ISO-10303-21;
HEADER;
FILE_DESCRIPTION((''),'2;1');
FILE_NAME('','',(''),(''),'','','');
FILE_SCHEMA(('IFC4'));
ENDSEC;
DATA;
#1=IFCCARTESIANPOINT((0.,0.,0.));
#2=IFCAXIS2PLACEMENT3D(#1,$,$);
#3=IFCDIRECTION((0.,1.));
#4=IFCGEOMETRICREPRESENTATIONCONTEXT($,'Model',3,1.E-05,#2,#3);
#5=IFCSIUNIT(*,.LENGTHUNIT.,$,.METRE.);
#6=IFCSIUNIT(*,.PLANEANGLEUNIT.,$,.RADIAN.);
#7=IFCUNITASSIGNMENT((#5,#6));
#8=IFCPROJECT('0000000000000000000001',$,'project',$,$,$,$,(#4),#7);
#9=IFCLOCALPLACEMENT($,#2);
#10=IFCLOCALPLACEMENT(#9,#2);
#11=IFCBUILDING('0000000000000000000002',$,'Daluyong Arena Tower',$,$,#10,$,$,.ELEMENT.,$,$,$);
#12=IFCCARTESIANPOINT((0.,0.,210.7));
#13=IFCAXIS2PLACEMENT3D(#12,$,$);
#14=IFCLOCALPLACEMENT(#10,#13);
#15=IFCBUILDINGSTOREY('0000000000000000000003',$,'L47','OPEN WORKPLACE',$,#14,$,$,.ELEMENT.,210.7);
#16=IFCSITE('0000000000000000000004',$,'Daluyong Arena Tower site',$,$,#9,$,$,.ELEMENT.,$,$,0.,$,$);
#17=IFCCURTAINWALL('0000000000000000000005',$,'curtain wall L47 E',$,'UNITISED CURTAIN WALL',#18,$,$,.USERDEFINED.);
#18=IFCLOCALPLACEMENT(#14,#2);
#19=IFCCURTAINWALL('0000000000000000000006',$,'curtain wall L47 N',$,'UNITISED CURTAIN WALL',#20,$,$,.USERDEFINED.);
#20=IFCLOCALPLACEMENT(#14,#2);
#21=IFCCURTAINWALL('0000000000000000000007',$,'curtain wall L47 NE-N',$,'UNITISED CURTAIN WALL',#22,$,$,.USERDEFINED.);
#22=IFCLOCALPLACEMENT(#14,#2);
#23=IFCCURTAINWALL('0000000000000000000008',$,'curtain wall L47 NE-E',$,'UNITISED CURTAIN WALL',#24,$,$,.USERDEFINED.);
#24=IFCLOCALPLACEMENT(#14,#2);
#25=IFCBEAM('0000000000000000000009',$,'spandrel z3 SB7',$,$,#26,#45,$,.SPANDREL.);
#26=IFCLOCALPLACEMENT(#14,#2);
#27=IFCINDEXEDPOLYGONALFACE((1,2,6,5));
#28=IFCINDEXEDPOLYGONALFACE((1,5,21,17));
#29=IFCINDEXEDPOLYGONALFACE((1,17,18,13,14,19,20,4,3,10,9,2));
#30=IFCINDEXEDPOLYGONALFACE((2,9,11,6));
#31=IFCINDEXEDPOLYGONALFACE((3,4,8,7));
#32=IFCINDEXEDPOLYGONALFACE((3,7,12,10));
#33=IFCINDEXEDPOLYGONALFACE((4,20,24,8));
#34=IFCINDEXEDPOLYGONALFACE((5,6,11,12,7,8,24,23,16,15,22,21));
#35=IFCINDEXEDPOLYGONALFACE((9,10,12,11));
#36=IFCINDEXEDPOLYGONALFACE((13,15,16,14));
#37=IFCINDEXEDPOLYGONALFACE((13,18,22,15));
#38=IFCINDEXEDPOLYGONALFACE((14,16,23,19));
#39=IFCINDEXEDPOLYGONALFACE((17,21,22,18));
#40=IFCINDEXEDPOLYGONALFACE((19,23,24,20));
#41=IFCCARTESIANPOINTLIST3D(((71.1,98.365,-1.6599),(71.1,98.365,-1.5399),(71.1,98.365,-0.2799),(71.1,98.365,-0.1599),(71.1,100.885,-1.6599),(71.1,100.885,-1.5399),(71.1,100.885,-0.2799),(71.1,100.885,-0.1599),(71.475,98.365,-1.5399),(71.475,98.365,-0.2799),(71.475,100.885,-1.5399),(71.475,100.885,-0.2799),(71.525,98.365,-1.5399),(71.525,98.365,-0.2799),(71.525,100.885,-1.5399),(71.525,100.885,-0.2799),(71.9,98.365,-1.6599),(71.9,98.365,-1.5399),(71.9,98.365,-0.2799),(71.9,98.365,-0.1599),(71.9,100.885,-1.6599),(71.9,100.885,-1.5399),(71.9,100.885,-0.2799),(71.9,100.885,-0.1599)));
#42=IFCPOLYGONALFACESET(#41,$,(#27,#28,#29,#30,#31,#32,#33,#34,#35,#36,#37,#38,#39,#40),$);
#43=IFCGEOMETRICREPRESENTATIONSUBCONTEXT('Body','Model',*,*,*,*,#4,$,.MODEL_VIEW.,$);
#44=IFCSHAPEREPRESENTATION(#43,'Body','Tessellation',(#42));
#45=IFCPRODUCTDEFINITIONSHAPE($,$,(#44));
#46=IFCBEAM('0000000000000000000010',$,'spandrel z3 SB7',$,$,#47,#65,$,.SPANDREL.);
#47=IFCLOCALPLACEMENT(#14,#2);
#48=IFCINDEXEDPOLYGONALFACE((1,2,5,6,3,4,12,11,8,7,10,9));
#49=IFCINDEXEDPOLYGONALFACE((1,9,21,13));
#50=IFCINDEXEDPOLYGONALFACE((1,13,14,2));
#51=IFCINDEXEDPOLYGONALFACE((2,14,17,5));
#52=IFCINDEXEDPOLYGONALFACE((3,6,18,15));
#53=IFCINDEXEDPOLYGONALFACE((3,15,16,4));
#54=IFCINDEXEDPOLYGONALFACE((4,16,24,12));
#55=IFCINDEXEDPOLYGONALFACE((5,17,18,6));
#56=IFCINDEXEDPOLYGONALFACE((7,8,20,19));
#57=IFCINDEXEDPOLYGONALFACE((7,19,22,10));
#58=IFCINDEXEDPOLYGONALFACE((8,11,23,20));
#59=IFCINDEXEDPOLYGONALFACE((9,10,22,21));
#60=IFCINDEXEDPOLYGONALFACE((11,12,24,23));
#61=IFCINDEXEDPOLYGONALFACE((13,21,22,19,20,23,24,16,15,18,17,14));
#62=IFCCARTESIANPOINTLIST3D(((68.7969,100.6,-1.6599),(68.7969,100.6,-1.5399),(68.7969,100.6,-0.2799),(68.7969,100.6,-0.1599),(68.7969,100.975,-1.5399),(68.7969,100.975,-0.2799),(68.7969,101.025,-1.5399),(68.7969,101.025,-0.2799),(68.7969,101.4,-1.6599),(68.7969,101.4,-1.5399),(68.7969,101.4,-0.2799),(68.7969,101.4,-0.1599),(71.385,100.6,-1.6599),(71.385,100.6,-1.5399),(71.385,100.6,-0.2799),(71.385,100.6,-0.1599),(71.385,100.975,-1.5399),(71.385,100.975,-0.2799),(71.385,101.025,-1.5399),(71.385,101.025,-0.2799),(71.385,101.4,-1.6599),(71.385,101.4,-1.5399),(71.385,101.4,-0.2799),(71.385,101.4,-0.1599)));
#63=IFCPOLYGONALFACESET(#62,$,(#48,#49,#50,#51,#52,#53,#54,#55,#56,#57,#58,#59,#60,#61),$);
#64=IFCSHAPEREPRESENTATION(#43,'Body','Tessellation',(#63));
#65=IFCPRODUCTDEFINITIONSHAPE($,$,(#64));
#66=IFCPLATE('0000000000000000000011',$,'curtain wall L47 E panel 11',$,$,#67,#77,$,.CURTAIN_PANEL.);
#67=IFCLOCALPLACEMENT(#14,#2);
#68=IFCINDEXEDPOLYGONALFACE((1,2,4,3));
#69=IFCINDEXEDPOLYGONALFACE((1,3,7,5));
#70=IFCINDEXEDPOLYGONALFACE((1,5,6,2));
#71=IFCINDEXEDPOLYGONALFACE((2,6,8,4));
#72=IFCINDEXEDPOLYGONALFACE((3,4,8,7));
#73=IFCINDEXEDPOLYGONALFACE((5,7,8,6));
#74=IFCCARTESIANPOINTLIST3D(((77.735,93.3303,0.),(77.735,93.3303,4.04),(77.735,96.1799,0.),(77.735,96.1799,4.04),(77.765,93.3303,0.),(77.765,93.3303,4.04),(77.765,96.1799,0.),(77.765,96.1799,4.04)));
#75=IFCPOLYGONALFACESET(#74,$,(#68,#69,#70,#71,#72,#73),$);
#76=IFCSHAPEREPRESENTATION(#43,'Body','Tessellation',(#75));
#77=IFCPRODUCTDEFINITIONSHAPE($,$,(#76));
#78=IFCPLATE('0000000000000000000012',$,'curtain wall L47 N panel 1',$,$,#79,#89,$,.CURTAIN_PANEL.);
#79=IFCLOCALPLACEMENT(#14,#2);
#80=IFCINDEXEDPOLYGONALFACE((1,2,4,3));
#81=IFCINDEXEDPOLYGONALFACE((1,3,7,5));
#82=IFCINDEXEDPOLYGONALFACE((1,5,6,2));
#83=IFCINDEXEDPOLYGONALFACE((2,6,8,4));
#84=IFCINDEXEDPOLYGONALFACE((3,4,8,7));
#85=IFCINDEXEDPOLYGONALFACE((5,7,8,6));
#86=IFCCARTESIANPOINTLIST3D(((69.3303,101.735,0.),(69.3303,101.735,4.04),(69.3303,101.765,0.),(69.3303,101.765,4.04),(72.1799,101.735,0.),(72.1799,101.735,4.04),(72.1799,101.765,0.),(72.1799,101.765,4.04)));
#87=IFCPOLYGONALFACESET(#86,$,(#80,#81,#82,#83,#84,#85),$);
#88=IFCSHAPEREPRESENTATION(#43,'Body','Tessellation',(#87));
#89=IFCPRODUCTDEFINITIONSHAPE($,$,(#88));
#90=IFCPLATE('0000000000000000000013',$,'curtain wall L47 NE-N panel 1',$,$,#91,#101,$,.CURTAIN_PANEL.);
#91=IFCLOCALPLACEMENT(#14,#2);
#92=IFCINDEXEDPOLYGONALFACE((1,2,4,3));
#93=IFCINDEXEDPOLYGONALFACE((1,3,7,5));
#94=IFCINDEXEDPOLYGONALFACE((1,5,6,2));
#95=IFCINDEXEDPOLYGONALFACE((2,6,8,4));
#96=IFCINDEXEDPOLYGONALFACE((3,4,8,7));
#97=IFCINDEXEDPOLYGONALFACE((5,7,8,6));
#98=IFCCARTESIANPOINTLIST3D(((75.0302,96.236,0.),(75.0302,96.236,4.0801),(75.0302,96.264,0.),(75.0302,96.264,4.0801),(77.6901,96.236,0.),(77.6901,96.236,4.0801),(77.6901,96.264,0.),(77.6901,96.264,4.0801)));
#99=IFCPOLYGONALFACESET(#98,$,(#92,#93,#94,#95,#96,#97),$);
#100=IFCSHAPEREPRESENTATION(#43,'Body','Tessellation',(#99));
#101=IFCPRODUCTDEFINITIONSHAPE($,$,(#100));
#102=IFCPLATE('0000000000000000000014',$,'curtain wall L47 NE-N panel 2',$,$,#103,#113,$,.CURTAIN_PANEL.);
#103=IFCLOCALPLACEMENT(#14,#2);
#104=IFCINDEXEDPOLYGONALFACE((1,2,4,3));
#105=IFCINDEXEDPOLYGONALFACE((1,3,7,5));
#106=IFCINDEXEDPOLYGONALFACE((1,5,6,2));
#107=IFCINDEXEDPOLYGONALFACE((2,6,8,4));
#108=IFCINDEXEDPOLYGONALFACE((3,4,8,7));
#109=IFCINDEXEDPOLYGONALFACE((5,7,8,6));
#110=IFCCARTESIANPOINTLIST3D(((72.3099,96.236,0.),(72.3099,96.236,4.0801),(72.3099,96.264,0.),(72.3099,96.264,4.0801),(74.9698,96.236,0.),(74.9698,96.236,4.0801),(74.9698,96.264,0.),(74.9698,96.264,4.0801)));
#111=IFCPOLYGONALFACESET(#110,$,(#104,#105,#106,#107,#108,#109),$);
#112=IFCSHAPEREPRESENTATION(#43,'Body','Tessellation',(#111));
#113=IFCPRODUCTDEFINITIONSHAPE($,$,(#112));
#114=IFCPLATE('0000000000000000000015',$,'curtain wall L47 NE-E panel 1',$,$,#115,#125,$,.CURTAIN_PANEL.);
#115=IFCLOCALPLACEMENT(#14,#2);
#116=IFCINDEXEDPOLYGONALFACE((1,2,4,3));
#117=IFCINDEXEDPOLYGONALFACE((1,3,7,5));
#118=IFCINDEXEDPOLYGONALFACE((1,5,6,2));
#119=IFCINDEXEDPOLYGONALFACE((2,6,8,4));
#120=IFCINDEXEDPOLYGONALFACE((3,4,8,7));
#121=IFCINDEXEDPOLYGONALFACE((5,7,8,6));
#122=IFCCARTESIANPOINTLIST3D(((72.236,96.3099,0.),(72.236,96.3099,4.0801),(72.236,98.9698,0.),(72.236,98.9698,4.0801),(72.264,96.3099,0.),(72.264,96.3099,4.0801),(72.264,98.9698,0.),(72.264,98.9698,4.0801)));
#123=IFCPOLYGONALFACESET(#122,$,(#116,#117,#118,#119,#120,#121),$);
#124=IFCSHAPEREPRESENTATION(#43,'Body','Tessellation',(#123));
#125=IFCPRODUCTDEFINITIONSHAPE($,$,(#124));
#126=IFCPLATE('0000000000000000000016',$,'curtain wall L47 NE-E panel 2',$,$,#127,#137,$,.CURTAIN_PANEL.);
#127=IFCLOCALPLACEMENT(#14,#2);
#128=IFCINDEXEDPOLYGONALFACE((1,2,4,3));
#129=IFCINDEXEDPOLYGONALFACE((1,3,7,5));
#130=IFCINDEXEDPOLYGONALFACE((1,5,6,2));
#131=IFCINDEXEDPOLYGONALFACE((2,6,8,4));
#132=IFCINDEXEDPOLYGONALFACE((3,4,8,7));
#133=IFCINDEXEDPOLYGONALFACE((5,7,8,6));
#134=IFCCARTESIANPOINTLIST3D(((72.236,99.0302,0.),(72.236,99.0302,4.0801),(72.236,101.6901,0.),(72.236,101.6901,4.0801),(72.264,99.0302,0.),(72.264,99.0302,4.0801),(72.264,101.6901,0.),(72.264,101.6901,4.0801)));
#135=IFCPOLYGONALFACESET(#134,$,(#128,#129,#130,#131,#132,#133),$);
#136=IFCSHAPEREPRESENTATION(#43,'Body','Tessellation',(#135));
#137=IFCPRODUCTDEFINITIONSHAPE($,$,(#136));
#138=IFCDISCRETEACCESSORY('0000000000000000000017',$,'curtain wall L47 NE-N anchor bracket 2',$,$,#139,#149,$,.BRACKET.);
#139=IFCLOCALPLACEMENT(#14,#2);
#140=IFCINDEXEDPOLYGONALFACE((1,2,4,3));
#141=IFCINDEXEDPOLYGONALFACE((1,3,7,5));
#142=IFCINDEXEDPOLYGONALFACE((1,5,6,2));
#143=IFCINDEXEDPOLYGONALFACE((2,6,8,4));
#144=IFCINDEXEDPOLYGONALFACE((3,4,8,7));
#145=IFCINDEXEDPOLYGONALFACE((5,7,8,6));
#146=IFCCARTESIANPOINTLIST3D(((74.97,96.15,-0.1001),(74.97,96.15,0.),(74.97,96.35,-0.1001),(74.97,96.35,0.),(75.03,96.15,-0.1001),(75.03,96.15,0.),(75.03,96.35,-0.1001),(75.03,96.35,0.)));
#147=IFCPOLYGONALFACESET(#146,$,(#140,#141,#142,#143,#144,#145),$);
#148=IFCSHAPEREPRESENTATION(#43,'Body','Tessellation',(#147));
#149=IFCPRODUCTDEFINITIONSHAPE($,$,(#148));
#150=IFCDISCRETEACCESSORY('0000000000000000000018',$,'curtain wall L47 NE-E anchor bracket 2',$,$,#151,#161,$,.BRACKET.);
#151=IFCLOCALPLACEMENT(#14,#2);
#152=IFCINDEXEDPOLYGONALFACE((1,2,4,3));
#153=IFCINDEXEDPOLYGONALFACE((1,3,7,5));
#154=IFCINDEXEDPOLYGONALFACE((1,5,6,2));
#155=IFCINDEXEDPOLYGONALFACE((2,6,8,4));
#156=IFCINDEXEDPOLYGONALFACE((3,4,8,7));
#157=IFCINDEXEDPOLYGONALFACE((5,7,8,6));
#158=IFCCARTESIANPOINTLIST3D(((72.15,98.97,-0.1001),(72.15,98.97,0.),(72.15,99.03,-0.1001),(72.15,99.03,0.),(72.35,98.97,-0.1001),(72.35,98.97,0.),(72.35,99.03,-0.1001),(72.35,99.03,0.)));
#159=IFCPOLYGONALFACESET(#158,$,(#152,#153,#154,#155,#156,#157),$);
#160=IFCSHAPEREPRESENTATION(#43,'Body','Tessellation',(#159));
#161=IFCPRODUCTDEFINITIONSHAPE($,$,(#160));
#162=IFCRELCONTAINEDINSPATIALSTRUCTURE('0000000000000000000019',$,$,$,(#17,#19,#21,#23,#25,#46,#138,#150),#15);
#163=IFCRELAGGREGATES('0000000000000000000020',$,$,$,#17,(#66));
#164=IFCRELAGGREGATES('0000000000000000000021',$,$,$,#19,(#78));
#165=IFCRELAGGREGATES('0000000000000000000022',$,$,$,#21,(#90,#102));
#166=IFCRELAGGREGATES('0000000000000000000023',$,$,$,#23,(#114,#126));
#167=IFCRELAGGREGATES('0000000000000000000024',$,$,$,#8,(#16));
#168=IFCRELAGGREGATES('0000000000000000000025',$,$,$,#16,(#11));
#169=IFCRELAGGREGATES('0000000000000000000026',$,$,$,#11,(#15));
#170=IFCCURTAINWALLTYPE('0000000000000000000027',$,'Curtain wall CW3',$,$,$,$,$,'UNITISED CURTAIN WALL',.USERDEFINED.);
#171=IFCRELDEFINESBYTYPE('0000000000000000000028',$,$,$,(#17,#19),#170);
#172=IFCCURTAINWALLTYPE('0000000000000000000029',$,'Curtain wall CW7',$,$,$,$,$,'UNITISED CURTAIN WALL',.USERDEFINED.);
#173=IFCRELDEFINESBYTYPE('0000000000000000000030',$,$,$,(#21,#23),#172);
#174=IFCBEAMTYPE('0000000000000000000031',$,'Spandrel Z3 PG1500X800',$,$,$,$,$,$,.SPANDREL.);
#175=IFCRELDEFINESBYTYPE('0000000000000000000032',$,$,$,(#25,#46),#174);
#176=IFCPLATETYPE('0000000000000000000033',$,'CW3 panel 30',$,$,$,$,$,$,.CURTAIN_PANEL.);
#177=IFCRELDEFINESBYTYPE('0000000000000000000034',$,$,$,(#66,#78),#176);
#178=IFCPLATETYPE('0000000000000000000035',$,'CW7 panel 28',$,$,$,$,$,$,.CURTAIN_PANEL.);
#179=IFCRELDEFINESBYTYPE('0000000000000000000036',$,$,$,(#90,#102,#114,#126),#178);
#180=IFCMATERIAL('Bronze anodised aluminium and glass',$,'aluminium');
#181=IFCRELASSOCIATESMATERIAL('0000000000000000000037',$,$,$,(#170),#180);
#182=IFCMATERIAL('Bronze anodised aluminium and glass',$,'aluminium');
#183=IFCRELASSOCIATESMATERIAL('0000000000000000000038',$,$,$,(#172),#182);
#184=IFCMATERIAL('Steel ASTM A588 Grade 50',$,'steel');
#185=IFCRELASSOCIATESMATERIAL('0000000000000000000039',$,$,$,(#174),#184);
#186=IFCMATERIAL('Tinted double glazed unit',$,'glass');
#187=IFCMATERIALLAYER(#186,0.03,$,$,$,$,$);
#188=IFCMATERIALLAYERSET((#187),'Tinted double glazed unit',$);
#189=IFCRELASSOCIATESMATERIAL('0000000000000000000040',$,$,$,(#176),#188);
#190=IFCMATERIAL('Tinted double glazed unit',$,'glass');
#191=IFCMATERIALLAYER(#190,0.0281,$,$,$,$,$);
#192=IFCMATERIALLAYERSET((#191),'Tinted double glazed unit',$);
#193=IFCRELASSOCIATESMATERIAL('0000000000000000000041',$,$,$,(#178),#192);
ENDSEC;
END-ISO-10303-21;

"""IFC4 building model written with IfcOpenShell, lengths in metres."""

from ifc_helpers import new_model, si_unit, direction, frame, origin, origin_2d, place, context, subcontext, project, spatial, rectangle, i_section, extrude, material, layer, layer_set, material_profile, profile_set, type_object, element, aggregate, save


model = new_model("IFC4")

# Units and contexts
model_context = context("Model", 3, precision=1e-05, world=origin(), true_north=direction((0.0, 1.0)))
body_context = subcontext(model_context, "Body", "Model", "MODEL_VIEW")
ifc_project = project(units=[si_unit("LENGTHUNIT", "METRE"), si_unit("PLANEANGLEUNIT", "RADIAN")], contexts=[model_context])

# Site, building, storey
site_placement = place(None, origin())
site = spatial("IfcSite", under=ifc_project, at=site_placement, Name="Daluyong Arena Tower site", CompositionType="ELEMENT", RefElevation=0.0)
building_placement = place(site_placement, origin())
building = spatial("IfcBuilding", under=site, at=building_placement, Name="Daluyong Arena Tower", CompositionType="ELEMENT")
storey_placement = place(building_placement, frame((0.0, 0.0, 210.7)))
storey = spatial("IfcBuildingStorey", under=building, at=storey_placement, Name="L47", Description="OPEN WORKPLACE", CompositionType="ELEMENT", Elevation=210.7)

# Curtain walls
ifc_material_1 = material(Name="Bronze anodised aluminium and glass", Category="aluminium")
curtain_wall_type_1 = type_object("IfcCurtainWallType", Name="Curtain wall CW3", ElementType="UNITISED CURTAIN WALL", PredefinedType="USERDEFINED", material=ifc_material_1)
curtain_wall_1_placement = place(storey_placement, origin())
curtain_wall_1 = element("IfcCurtainWall", 1, at=curtain_wall_1_placement, inside=storey, type_object=curtain_wall_type_1, Name="curtain wall L47 E", ObjectType="UNITISED CURTAIN WALL", PredefinedType="USERDEFINED")
curtain_wall_2_placement = place(storey_placement, origin())
curtain_wall_2 = element("IfcCurtainWall", 2, at=curtain_wall_2_placement, inside=storey, type_object=curtain_wall_type_1, Name="curtain wall L47 N", ObjectType="UNITISED CURTAIN WALL", PredefinedType="USERDEFINED")

# Curtain walls
ifc_material_2 = material(Name="Bronze anodised aluminium and glass", Category="aluminium")
curtain_wall_type_2 = type_object("IfcCurtainWallType", Name="Curtain wall CW7", ElementType="UNITISED CURTAIN WALL", PredefinedType="USERDEFINED", material=ifc_material_2)
curtain_wall_3_placement = place(storey_placement, origin())
curtain_wall_3 = element("IfcCurtainWall", 3, at=curtain_wall_3_placement, inside=storey, type_object=curtain_wall_type_2, Name="curtain wall L47 NE-N", ObjectType="UNITISED CURTAIN WALL", PredefinedType="USERDEFINED")
curtain_wall_4_placement = place(storey_placement, origin())
curtain_wall_4 = element("IfcCurtainWall", 4, at=curtain_wall_4_placement, inside=storey, type_object=curtain_wall_type_2, Name="curtain wall L47 NE-E", ObjectType="UNITISED CURTAIN WALL", PredefinedType="USERDEFINED")

# Beams
ifc_material_3 = material(Name="Steel ASTM A588 Grade 50", Category="steel")
ifc_material_profile_1 = material_profile(ifc_material_3, i_section(OverallWidth=0.8, OverallDepth=1.5, WebThickness=0.05, FlangeThickness=0.12, at=origin_2d()))
ifc_profile_set_1 = profile_set([ifc_material_profile_1], Name="Steel ASTM A588 Grade 50")
beam_type_1 = type_object("IfcBeamType", Name="Spandrel Z3 PG1500X800", PredefinedType="SPANDREL", material=ifc_profile_set_1)
for number, where, z_axis, x_axis, name in (
    (5, (71.5, 98.365, -0.9099), (0.0, 1.0, 0.0), (-1.0, 0.0, 0.0), "spandrel z3 SB7"),
):
    element("IfcBeam", number, at=place(storey_placement, frame(where, z_axis=z_axis, x_axis=x_axis)), inside=storey, type_object=beam_type_1, Name=name, PredefinedType="SPANDREL", context=body_context, shape_type="SweptSolid", body=[
        extrude(i_section(OverallWidth=0.8, OverallDepth=1.5, WebThickness=0.05, FlangeThickness=0.12, at=origin_2d()), origin(), (0.0, 0.0, 1.0), 2.52),
    ])
beam_1_placement = place(storey_placement, frame((71.385, 101.0, -0.9099), z_axis=(-1.0, 0.0, 0.0), x_axis=(0.0, -1.0, 0.0)))
element("IfcBeam", 6, at=beam_1_placement, inside=storey, type_object=beam_type_1, Name="spandrel z3 SB7", PredefinedType="SPANDREL", context=body_context, shape_type="SweptSolid", body=[
    extrude(i_section(OverallWidth=0.8, OverallDepth=1.5, WebThickness=0.05, FlangeThickness=0.12, at=origin_2d()), origin(), (0.0, 0.0, 1.0), 2.5881),
])

# Plates
ifc_material_4 = material(Name="Tinted double glazed unit", Category="glass")
ifc_layer_1 = layer(ifc_material_4, 0.03)
ifc_layer_set_1 = layer_set([ifc_layer_1], Name="Tinted double glazed unit")
plate_type_1 = type_object("IfcPlateType", Name="CW3 panel 30", PredefinedType="CURTAIN_PANEL", material=ifc_layer_set_1)
plate_1_placement = place(storey_placement, frame((77.75, 94.7551, 0.0), z_axis=(0.0, 0.0, 1.0), x_axis=(0.0, 1.0, 0.0)))
plate_1 = element("IfcPlate", 7, at=plate_1_placement, type_object=plate_type_1, Name="curtain wall L47 E panel 11", PredefinedType="CURTAIN_PANEL", context=body_context, shape_type="SweptSolid", body=[
    extrude(rectangle(XDim=2.8496, YDim=0.03, at=origin_2d()), origin(), (0.0, 0.0, 1.0), 4.04),
])
aggregate(curtain_wall_1, [plate_1])
plate_2_placement = place(storey_placement, frame((70.7551, 101.75, 0.0), z_axis=(0.0, 0.0, 1.0), x_axis=(-1.0, 0.0, 0.0)))
plate_2 = element("IfcPlate", 8, at=plate_2_placement, type_object=plate_type_1, Name="curtain wall L47 N panel 1", PredefinedType="CURTAIN_PANEL", context=body_context, shape_type="SweptSolid", body=[
    extrude(rectangle(XDim=2.8496, YDim=0.03, at=origin_2d()), origin(), (0.0, 0.0, 1.0), 4.04),
])
aggregate(curtain_wall_2, [plate_2])
ifc_material_5 = material(Name="Tinted double glazed unit", Category="glass")
ifc_layer_2 = layer(ifc_material_5, 0.0281)
ifc_layer_set_2 = layer_set([ifc_layer_2], Name="Tinted double glazed unit")
plate_type_2 = type_object("IfcPlateType", Name="CW7 panel 28", PredefinedType="CURTAIN_PANEL", material=ifc_layer_set_2)
plate_3_placement = place(storey_placement, frame((76.3601, 96.25, 0.0), z_axis=(0.0, 0.0, 1.0), x_axis=(-1.0, 0.0, 0.0)))
plate_3 = element("IfcPlate", 9, at=plate_3_placement, type_object=plate_type_2, Name="curtain wall L47 NE-N panel 1", PredefinedType="CURTAIN_PANEL", context=body_context, shape_type="SweptSolid", body=[
    extrude(rectangle(XDim=2.6599, YDim=0.0281, at=origin_2d()), origin(), (0.0, 0.0, 1.0), 4.0801),
])
plate_4_placement = place(storey_placement, frame((73.6399, 96.25, 0.0), z_axis=(0.0, 0.0, 1.0), x_axis=(-1.0, 0.0, 0.0)))
plate_4 = element("IfcPlate", 10, at=plate_4_placement, type_object=plate_type_2, Name="curtain wall L47 NE-N panel 2", PredefinedType="CURTAIN_PANEL", context=body_context, shape_type="SweptSolid", body=[
    extrude(rectangle(XDim=2.6599, YDim=0.0281, at=origin_2d()), origin(), (0.0, 0.0, 1.0), 4.0801),
])
aggregate(curtain_wall_3, [plate_3, plate_4])
plate_5_placement = place(storey_placement, frame((72.25, 97.6399, 0.0), z_axis=(0.0, 0.0, 1.0), x_axis=(0.0, 1.0, 0.0)))
plate_5 = element("IfcPlate", 11, at=plate_5_placement, type_object=plate_type_2, Name="curtain wall L47 NE-E panel 1", PredefinedType="CURTAIN_PANEL", context=body_context, shape_type="SweptSolid", body=[
    extrude(rectangle(XDim=2.6599, YDim=0.0281, at=origin_2d()), origin(), (0.0, 0.0, 1.0), 4.0801),
])
plate_6_placement = place(storey_placement, frame((72.25, 100.3601, 0.0), z_axis=(0.0, 0.0, 1.0), x_axis=(0.0, 1.0, 0.0)))
plate_6 = element("IfcPlate", 12, at=plate_6_placement, type_object=plate_type_2, Name="curtain wall L47 NE-E panel 2", PredefinedType="CURTAIN_PANEL", context=body_context, shape_type="SweptSolid", body=[
    extrude(rectangle(XDim=2.6599, YDim=0.0281, at=origin_2d()), origin(), (0.0, 0.0, 1.0), 4.0801),
])
aggregate(curtain_wall_4, [plate_5, plate_6])

# Discrete accessories
for number, where, z_axis, x_axis, name in (
    (13, (75.0, 96.25, -0.1001), (0.0, 0.0, 1.0), (-1.0, 0.0, 0.0), "curtain wall L47 NE-N anchor bracket 2"),
    (14, (72.25, 99.0, -0.1001), (0.0, 0.0, 1.0), (0.0, 1.0, 0.0), "curtain wall L47 NE-E anchor bracket 2"),
):
    element("IfcDiscreteAccessory", number, at=place(storey_placement, frame(where, z_axis=z_axis, x_axis=x_axis)), inside=storey, Name=name, PredefinedType="BRACKET", context=body_context, shape_type="SweptSolid", body=[
        extrude(rectangle(XDim=0.0601, YDim=0.2, at=origin_2d()), origin(), (0.0, 0.0, 1.0), 0.1001),
    ])

save(model, "model.ifc")
